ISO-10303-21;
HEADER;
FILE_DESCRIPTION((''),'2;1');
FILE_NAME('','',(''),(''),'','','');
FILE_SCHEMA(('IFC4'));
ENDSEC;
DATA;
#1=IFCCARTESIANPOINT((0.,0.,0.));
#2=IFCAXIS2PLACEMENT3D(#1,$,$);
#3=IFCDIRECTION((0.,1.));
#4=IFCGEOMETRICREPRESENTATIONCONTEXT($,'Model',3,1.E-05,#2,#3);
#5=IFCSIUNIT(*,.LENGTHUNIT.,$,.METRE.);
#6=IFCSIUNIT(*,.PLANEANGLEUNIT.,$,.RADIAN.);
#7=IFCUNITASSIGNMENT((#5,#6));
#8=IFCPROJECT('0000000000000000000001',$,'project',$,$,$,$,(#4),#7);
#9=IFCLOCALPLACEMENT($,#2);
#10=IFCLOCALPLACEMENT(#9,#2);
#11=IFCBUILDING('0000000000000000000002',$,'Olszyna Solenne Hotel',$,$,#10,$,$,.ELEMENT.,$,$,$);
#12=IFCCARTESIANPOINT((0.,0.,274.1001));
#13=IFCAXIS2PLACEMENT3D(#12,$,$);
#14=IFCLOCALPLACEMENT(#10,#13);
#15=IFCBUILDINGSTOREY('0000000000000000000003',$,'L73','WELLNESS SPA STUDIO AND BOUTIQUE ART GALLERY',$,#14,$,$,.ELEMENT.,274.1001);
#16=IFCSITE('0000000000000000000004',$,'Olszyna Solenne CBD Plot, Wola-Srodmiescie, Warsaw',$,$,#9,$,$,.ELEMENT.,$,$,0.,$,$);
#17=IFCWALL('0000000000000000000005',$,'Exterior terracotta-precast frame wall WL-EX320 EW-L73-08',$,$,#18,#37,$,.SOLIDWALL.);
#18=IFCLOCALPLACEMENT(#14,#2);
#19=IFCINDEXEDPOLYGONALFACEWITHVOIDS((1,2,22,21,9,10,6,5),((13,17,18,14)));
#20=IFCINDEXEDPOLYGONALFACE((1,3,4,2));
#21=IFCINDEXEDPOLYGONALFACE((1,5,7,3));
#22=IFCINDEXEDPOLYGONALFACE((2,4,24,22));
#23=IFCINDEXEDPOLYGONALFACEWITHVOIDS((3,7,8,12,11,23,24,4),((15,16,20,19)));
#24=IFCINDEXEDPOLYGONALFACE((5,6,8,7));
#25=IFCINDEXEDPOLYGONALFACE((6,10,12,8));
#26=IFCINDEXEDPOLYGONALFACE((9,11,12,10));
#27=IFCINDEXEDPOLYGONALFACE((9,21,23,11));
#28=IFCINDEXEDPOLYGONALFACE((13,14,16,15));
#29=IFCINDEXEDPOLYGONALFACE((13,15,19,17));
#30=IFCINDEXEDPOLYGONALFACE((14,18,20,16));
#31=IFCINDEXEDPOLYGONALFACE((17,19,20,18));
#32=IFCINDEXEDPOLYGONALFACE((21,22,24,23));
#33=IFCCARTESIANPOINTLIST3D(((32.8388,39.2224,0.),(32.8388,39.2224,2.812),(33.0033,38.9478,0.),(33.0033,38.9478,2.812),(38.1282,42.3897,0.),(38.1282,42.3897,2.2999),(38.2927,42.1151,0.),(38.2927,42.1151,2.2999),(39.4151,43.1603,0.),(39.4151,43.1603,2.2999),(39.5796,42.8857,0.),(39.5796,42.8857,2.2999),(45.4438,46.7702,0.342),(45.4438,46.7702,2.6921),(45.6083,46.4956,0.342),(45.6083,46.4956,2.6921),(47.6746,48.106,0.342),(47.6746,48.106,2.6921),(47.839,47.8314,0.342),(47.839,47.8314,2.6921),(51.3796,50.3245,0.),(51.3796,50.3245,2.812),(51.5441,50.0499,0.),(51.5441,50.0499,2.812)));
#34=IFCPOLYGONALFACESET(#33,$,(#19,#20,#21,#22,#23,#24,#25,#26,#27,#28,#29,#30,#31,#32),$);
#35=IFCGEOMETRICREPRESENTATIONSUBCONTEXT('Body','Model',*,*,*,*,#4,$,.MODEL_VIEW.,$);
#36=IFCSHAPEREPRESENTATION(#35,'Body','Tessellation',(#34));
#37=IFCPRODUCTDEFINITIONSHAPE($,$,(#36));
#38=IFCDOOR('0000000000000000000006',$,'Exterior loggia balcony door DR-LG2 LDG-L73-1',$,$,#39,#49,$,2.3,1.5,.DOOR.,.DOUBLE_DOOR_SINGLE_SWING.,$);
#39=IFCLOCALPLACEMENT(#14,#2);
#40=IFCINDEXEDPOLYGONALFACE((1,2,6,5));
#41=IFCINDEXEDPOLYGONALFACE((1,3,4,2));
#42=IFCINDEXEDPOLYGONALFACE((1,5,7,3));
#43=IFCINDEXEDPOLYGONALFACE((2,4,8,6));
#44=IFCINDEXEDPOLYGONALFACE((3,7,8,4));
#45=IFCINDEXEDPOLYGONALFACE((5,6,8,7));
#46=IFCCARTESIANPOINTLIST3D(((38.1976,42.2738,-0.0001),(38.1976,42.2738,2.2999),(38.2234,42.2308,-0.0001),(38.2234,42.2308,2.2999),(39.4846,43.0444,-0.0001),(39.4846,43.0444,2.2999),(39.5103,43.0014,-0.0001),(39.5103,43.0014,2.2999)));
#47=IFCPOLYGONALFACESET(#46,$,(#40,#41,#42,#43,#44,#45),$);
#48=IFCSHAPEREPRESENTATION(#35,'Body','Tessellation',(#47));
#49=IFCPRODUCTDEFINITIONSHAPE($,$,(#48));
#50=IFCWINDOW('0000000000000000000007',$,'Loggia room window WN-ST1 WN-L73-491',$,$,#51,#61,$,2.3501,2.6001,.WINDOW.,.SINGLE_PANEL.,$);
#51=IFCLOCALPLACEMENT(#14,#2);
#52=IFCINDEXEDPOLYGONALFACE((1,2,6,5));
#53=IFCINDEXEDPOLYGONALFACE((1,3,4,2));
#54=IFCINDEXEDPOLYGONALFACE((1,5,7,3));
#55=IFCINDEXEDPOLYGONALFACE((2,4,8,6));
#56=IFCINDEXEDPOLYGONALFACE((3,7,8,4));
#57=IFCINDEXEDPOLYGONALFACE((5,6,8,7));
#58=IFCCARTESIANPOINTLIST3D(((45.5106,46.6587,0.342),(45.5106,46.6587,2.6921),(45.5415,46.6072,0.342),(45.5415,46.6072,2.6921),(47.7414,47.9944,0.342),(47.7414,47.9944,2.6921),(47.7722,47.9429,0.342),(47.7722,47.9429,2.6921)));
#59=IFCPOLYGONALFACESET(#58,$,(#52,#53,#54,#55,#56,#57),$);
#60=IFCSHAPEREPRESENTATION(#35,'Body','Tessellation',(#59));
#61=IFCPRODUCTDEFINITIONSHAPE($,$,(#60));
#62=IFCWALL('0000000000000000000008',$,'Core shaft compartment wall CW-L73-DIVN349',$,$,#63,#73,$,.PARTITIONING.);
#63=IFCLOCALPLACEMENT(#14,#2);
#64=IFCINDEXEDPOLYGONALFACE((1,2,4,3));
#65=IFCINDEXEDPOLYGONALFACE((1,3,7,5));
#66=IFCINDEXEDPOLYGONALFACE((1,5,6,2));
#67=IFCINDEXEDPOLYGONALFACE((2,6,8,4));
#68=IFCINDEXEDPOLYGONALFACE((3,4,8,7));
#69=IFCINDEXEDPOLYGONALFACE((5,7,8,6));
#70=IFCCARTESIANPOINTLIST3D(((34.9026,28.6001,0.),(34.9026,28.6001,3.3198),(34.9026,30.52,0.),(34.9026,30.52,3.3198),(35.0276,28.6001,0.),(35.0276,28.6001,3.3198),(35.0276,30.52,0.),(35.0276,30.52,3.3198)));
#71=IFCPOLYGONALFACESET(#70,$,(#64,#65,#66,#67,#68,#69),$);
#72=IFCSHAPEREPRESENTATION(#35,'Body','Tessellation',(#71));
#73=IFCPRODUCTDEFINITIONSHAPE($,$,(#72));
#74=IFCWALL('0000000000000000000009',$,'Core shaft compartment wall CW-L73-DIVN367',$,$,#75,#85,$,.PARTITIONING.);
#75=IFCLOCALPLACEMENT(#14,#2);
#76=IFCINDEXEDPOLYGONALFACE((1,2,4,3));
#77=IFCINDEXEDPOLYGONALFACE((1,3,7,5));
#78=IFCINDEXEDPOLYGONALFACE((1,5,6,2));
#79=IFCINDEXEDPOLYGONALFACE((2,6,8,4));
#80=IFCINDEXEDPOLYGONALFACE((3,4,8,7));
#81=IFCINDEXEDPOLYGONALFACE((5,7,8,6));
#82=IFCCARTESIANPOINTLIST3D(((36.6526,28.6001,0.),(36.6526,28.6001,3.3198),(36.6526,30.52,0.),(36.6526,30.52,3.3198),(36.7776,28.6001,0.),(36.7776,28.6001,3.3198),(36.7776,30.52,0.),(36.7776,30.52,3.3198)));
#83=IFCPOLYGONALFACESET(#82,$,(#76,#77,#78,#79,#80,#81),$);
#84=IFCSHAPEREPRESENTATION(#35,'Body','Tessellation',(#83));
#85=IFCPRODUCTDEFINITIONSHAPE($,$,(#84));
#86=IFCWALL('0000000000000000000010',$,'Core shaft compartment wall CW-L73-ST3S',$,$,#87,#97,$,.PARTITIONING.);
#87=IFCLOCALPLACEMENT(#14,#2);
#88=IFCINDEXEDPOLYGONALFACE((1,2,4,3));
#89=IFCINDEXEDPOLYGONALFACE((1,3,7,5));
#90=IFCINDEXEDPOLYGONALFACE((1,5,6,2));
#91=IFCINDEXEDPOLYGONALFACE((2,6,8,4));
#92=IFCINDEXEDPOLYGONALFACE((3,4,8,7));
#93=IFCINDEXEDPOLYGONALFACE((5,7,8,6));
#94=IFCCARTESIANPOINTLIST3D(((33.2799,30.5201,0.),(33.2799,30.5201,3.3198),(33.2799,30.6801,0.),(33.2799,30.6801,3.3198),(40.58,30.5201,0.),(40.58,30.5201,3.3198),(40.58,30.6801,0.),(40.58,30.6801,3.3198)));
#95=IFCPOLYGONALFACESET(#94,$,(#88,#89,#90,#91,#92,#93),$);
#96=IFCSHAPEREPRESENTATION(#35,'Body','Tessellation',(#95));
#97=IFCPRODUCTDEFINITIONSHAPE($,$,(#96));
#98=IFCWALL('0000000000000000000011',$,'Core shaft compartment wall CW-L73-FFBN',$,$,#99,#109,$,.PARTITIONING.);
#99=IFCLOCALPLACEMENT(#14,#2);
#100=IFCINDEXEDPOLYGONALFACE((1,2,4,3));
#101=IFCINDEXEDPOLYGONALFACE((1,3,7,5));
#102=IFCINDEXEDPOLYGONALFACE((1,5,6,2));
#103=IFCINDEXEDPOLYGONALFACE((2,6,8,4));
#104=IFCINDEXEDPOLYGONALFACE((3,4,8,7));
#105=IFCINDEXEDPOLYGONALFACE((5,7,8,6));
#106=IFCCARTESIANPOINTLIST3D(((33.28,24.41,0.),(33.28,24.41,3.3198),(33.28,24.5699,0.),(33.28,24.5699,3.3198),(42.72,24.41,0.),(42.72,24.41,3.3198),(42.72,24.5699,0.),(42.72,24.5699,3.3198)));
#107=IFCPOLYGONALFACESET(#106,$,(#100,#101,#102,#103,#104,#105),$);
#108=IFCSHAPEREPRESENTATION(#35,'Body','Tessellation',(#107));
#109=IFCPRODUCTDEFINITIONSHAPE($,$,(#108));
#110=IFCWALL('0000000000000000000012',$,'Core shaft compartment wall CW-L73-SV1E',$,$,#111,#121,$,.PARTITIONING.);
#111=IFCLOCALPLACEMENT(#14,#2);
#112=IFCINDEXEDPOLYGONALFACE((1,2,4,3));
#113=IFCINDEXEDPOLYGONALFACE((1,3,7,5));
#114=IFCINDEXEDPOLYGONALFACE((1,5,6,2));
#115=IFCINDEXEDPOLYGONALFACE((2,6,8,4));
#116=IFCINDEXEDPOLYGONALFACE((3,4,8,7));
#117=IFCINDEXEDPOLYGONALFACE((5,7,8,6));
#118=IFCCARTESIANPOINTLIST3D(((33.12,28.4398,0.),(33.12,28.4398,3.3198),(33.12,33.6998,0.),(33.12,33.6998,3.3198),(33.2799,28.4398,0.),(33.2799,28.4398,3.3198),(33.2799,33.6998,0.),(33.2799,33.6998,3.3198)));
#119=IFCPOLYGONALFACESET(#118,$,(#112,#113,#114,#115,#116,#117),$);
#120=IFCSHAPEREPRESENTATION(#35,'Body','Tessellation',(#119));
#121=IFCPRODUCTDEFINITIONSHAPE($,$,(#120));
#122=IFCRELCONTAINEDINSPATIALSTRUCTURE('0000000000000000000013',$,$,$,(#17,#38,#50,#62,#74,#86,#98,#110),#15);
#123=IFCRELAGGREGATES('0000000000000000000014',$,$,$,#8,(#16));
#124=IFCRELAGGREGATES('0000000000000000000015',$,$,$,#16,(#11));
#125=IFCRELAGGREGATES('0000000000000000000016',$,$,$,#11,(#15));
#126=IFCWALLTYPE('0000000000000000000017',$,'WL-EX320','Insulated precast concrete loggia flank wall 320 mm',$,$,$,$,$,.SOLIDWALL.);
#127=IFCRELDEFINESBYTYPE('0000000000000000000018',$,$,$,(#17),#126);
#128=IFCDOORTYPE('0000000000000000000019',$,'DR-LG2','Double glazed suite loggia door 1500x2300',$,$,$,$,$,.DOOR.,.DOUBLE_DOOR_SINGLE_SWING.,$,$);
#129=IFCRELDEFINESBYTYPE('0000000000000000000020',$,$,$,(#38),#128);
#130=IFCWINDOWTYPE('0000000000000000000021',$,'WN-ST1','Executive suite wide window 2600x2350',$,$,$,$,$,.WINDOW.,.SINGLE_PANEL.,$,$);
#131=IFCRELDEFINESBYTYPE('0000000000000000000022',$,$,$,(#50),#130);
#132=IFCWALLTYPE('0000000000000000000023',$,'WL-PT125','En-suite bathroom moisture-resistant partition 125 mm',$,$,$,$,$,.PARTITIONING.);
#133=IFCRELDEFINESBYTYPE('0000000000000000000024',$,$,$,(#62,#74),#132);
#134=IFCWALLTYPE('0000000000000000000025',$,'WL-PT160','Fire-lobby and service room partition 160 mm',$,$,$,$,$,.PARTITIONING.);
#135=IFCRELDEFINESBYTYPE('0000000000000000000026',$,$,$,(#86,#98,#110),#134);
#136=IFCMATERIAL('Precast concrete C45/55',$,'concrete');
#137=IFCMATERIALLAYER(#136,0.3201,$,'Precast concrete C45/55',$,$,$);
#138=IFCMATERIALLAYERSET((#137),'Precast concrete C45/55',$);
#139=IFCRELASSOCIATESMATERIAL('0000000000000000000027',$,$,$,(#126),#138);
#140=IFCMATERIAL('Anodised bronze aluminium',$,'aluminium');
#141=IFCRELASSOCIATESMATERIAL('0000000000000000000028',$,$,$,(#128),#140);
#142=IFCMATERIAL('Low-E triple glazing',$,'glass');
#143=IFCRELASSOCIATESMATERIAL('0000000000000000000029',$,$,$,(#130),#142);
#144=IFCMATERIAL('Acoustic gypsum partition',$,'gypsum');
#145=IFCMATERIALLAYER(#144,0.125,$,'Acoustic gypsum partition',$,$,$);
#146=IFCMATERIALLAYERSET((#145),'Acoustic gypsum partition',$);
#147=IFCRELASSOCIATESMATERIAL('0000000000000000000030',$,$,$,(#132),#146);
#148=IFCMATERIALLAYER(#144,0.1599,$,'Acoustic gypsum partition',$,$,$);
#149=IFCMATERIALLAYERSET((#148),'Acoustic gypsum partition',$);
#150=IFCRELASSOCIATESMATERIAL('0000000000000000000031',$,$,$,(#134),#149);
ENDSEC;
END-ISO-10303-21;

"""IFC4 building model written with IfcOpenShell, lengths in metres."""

from ifc_helpers import new_model, si_unit, direction, frame, frame_2d, origin, place, context, subcontext, project, spatial, rectangle, extrude, source, transform, mapped, material, layer, layer_set, type_object, type_shapes, element, fill, save


model = new_model("IFC4")

# Units and contexts
model_context = context("Model", 3, precision=1e-05, world=origin(), true_north=direction((0.0, 1.0)))
body_context = subcontext(model_context, "Body", "Model", "MODEL_VIEW")
ifc_project = project(units=[si_unit("LENGTHUNIT", "METRE"), si_unit("PLANEANGLEUNIT", "RADIAN")], contexts=[model_context])

# Site, building, storey
site_placement = place(None, origin())
site = spatial("IfcSite", under=ifc_project, at=site_placement, Name="Olszyna Solenne CBD Plot, Wola-Srodmiescie, Warsaw", CompositionType="ELEMENT", RefElevation=0.0)
building_placement = place(site_placement, origin())
building = spatial("IfcBuilding", under=site, at=building_placement, Name="Olszyna Solenne Hotel", CompositionType="ELEMENT")
storey_placement = place(building_placement, frame((0.0, 0.0, 274.1001)))
storey = spatial("IfcBuildingStorey", under=building, at=storey_placement, Name="L73", Description="WELLNESS SPA STUDIO AND BOUTIQUE ART GALLERY", CompositionType="ELEMENT", Elevation=274.1001)

# Wall, openings, door, window
ifc_material_1 = material(Name="Precast concrete C45/55", Category="concrete")
ifc_layer_1 = layer(ifc_material_1, 0.3201, Name="Precast concrete C45/55")
ifc_layer_set_1 = layer_set([ifc_layer_1], Name="Precast concrete C45/55")
wall_type_1 = type_object("IfcWallType", Name="WL-EX320", Description="Insulated precast concrete loggia flank wall 320 mm", PredefinedType="SOLIDWALL", material=ifc_layer_set_1)
wall_1_placement = place(storey_placement, frame((32.9211, 39.0852, 0.0), z_axis=(0.0, 0.0, 1.0), x_axis=(0.85795, 0.513733, 0.0)))
wall_1 = element("IfcWall", 1, at=wall_1_placement, inside=storey, type_object=wall_type_1, Name="Exterior terracotta-precast frame wall WL-EX320 EW-L73-08", PredefinedType="SOLIDWALL", context=body_context, shape_type="SweptSolid", body=[
    extrude(rectangle(XDim=21.6106, YDim=0.3201, at=frame_2d((10.8052, 0.0))), origin(), (0.0, 0.0, 1.0), 2.812),
])
opening_1_placement = place(wall_1_placement, frame((6.165, 0.0, 0.0)))
opening_1 = element("IfcOpeningElement", 2, at=opening_1_placement, cuts=wall_1, PredefinedType="OPENING", context=body_context, shape_type="SweptSolid", body=[
    extrude(rectangle(XDim=1.5, YDim=2.3, at=frame_2d((0.75, 1.1499))), frame((0.0, 0.1699, 0.0), z_axis=(0.0, -1.0, 0.0), x_axis=(1.0, 0.0, 0.0)), (0.0, 0.0, 1.0), 0.3401),
])
opening_2_placement = place(wall_1_placement, frame((14.6919, 0.0, 0.342)))
opening_2 = element("IfcOpeningElement", 3, at=opening_2_placement, cuts=wall_1, PredefinedType="OPENING", context=body_context, shape_type="SweptSolid", body=[
    extrude(rectangle(XDim=2.6001, YDim=2.3501, at=frame_2d((1.3, 1.175))), frame((0.0, 0.1699, 0.0), z_axis=(0.0, -1.0, 0.0), x_axis=(1.0, 0.0, 0.0)), (0.0, 0.0, 1.0), 0.3401),
])
ifc_material_2 = material(Name="Anodised bronze aluminium", Category="aluminium")
door_type_1 = type_object("IfcDoorType", Name="DR-LG2", Description="Double glazed suite loggia door 1500x2300", OperationType="DOUBLE_DOOR_SINGLE_SWING", PredefinedType="DOOR", material=ifc_material_2)
shared_shape_1 = source(origin(), body_context, "Body", "SweptSolid", [
    extrude(rectangle(XDim=1.5, YDim=2.3, at=frame_2d((0.75, 1.1499))), frame((0.0, 0.0249, 0.0), z_axis=(0.0, -1.0, 0.0), x_axis=(1.0, 0.0, 0.0)), (0.0, 0.0, 1.0), 0.05),
])
type_shapes(door_type_1, [shared_shape_1])
door_1_placement = place(opening_1_placement, origin())
door_1 = element("IfcDoor", 4, at=door_1_placement, inside=storey, type_object=door_type_1, Name="Exterior loggia balcony door DR-LG2 LDG-L73-1", OperationType="DOUBLE_DOOR_SINGLE_SWING", OverallHeight=2.3, OverallWidth=1.5, PredefinedType="DOOR", context=body_context, shape_type="MappedRepresentation", body=[
    mapped(shared_shape_1, transform((0.0, 0.0, 0.0), x_axis=(1.0, 0.0, 0.0), y_axis=(0.0, 1.0, 0.0), z_axis=(0.0, 0.0, 1.0), scale=1.0)),
])
fill(opening_1, door_1)
ifc_material_3 = material(Name="Low-E triple glazing", Category="glass")
window_type = type_object("IfcWindowType", Name="WN-ST1", Description="Executive suite wide window 2600x2350", PartitioningType="SINGLE_PANEL", PredefinedType="WINDOW", material=ifc_material_3)
shared_shape_2 = source(origin(), body_context, "Body", "SweptSolid", [
    extrude(rectangle(XDim=2.6001, YDim=2.3501, at=frame_2d((1.3, 1.175))), frame((0.0, 0.03, 0.0), z_axis=(0.0, -1.0, 0.0), x_axis=(1.0, 0.0, 0.0)), (0.0, 0.0, 1.0), 0.0601),
])
type_shapes(window_type, [shared_shape_2])
window_placement = place(opening_2_placement, origin())
window = element("IfcWindow", 5, at=window_placement, inside=storey, type_object=window_type, Name="Loggia room window WN-ST1 WN-L73-491", OverallHeight=2.3501, OverallWidth=2.6001, PartitioningType="SINGLE_PANEL", PredefinedType="WINDOW", context=body_context, shape_type="MappedRepresentation", body=[
    mapped(shared_shape_2, transform((0.0, 0.0, 0.0), x_axis=(1.0, 0.0, 0.0), y_axis=(0.0, 1.0, 0.0), z_axis=(0.0, 0.0, 1.0), scale=1.0)),
])
fill(opening_2, window)

# Walls
ifc_material_4 = material(Name="Acoustic gypsum partition", Category="gypsum")
ifc_layer_2 = layer(ifc_material_4, 0.125, Name="Acoustic gypsum partition")
ifc_layer_set_2 = layer_set([ifc_layer_2], Name="Acoustic gypsum partition")
wall_type_2 = type_object("IfcWallType", Name="WL-PT125", Description="En-suite bathroom moisture-resistant partition 125 mm", PredefinedType="PARTITIONING", material=ifc_layer_set_2)
for number, where, z_axis, x_axis, name in (
    (6, (34.9651, 28.6001, 0.0), (0.0, 0.0, 1.0), (0.0, 1.0, 0.0), "Core shaft compartment wall CW-L73-DIVN349"),
    (7, (36.7151, 28.6001, 0.0), (0.0, 0.0, 1.0), (0.0, 1.0, 0.0), "Core shaft compartment wall CW-L73-DIVN367"),
):
    element("IfcWall", number, at=place(storey_placement, frame(where, z_axis=z_axis, x_axis=x_axis)), inside=storey, type_object=wall_type_2, Name=name, PredefinedType="PARTITIONING", context=body_context, shape_type="SweptSolid", body=[
        extrude(rectangle(XDim=1.9199, YDim=0.125, at=frame_2d((0.96, 0.0))), origin(), (0.0, 0.0, 1.0), 3.3198),
    ])
ifc_layer_3 = layer(ifc_material_4, 0.1599, Name="Acoustic gypsum partition")
ifc_layer_set_3 = layer_set([ifc_layer_3], Name="Acoustic gypsum partition")
wall_type_3 = type_object("IfcWallType", Name="WL-PT160", Description="Fire-lobby and service room partition 160 mm", PredefinedType="PARTITIONING", material=ifc_layer_set_3)
wall_2_placement = place(storey_placement, frame((33.28, 30.6001, 0.0), z_axis=(0.0, 0.0, 1.0), x_axis=(1.0, 0.0, 0.0)))
element("IfcWall", 8, at=wall_2_placement, inside=storey, type_object=wall_type_3, Name="Core shaft compartment wall CW-L73-ST3S", PredefinedType="PARTITIONING", context=body_context, shape_type="SweptSolid", body=[
    extrude(rectangle(XDim=7.3, YDim=0.1599, at=frame_2d((3.6499, 0.0))), origin(), (0.0, 0.0, 1.0), 3.3198),
])
wall_3_placement = place(storey_placement, frame((33.28, 24.49, 0.0), z_axis=(0.0, 0.0, 1.0), x_axis=(1.0, 0.0, 0.0)))
element("IfcWall", 9, at=wall_3_placement, inside=storey, type_object=wall_type_3, Name="Core shaft compartment wall CW-L73-FFBN", PredefinedType="PARTITIONING", context=body_context, shape_type="SweptSolid", body=[
    extrude(rectangle(XDim=9.4399, YDim=0.1599, at=frame_2d((4.72, 0.0))), origin(), (0.0, 0.0, 1.0), 3.3198),
])
wall_4_placement = place(storey_placement, frame((33.2, 28.4399, 0.0), z_axis=(0.0, 0.0, 1.0), x_axis=(0.0, 1.0, 0.0)))
element("IfcWall", 10, at=wall_4_placement, inside=storey, type_object=wall_type_3, Name="Core shaft compartment wall CW-L73-SV1E", PredefinedType="PARTITIONING", context=body_context, shape_type="SweptSolid", body=[
    extrude(rectangle(XDim=5.26, YDim=0.1599, at=frame_2d((2.6299, 0.0))), origin(), (0.0, 0.0, 1.0), 3.3198),
])

save(model, "model.ifc")
